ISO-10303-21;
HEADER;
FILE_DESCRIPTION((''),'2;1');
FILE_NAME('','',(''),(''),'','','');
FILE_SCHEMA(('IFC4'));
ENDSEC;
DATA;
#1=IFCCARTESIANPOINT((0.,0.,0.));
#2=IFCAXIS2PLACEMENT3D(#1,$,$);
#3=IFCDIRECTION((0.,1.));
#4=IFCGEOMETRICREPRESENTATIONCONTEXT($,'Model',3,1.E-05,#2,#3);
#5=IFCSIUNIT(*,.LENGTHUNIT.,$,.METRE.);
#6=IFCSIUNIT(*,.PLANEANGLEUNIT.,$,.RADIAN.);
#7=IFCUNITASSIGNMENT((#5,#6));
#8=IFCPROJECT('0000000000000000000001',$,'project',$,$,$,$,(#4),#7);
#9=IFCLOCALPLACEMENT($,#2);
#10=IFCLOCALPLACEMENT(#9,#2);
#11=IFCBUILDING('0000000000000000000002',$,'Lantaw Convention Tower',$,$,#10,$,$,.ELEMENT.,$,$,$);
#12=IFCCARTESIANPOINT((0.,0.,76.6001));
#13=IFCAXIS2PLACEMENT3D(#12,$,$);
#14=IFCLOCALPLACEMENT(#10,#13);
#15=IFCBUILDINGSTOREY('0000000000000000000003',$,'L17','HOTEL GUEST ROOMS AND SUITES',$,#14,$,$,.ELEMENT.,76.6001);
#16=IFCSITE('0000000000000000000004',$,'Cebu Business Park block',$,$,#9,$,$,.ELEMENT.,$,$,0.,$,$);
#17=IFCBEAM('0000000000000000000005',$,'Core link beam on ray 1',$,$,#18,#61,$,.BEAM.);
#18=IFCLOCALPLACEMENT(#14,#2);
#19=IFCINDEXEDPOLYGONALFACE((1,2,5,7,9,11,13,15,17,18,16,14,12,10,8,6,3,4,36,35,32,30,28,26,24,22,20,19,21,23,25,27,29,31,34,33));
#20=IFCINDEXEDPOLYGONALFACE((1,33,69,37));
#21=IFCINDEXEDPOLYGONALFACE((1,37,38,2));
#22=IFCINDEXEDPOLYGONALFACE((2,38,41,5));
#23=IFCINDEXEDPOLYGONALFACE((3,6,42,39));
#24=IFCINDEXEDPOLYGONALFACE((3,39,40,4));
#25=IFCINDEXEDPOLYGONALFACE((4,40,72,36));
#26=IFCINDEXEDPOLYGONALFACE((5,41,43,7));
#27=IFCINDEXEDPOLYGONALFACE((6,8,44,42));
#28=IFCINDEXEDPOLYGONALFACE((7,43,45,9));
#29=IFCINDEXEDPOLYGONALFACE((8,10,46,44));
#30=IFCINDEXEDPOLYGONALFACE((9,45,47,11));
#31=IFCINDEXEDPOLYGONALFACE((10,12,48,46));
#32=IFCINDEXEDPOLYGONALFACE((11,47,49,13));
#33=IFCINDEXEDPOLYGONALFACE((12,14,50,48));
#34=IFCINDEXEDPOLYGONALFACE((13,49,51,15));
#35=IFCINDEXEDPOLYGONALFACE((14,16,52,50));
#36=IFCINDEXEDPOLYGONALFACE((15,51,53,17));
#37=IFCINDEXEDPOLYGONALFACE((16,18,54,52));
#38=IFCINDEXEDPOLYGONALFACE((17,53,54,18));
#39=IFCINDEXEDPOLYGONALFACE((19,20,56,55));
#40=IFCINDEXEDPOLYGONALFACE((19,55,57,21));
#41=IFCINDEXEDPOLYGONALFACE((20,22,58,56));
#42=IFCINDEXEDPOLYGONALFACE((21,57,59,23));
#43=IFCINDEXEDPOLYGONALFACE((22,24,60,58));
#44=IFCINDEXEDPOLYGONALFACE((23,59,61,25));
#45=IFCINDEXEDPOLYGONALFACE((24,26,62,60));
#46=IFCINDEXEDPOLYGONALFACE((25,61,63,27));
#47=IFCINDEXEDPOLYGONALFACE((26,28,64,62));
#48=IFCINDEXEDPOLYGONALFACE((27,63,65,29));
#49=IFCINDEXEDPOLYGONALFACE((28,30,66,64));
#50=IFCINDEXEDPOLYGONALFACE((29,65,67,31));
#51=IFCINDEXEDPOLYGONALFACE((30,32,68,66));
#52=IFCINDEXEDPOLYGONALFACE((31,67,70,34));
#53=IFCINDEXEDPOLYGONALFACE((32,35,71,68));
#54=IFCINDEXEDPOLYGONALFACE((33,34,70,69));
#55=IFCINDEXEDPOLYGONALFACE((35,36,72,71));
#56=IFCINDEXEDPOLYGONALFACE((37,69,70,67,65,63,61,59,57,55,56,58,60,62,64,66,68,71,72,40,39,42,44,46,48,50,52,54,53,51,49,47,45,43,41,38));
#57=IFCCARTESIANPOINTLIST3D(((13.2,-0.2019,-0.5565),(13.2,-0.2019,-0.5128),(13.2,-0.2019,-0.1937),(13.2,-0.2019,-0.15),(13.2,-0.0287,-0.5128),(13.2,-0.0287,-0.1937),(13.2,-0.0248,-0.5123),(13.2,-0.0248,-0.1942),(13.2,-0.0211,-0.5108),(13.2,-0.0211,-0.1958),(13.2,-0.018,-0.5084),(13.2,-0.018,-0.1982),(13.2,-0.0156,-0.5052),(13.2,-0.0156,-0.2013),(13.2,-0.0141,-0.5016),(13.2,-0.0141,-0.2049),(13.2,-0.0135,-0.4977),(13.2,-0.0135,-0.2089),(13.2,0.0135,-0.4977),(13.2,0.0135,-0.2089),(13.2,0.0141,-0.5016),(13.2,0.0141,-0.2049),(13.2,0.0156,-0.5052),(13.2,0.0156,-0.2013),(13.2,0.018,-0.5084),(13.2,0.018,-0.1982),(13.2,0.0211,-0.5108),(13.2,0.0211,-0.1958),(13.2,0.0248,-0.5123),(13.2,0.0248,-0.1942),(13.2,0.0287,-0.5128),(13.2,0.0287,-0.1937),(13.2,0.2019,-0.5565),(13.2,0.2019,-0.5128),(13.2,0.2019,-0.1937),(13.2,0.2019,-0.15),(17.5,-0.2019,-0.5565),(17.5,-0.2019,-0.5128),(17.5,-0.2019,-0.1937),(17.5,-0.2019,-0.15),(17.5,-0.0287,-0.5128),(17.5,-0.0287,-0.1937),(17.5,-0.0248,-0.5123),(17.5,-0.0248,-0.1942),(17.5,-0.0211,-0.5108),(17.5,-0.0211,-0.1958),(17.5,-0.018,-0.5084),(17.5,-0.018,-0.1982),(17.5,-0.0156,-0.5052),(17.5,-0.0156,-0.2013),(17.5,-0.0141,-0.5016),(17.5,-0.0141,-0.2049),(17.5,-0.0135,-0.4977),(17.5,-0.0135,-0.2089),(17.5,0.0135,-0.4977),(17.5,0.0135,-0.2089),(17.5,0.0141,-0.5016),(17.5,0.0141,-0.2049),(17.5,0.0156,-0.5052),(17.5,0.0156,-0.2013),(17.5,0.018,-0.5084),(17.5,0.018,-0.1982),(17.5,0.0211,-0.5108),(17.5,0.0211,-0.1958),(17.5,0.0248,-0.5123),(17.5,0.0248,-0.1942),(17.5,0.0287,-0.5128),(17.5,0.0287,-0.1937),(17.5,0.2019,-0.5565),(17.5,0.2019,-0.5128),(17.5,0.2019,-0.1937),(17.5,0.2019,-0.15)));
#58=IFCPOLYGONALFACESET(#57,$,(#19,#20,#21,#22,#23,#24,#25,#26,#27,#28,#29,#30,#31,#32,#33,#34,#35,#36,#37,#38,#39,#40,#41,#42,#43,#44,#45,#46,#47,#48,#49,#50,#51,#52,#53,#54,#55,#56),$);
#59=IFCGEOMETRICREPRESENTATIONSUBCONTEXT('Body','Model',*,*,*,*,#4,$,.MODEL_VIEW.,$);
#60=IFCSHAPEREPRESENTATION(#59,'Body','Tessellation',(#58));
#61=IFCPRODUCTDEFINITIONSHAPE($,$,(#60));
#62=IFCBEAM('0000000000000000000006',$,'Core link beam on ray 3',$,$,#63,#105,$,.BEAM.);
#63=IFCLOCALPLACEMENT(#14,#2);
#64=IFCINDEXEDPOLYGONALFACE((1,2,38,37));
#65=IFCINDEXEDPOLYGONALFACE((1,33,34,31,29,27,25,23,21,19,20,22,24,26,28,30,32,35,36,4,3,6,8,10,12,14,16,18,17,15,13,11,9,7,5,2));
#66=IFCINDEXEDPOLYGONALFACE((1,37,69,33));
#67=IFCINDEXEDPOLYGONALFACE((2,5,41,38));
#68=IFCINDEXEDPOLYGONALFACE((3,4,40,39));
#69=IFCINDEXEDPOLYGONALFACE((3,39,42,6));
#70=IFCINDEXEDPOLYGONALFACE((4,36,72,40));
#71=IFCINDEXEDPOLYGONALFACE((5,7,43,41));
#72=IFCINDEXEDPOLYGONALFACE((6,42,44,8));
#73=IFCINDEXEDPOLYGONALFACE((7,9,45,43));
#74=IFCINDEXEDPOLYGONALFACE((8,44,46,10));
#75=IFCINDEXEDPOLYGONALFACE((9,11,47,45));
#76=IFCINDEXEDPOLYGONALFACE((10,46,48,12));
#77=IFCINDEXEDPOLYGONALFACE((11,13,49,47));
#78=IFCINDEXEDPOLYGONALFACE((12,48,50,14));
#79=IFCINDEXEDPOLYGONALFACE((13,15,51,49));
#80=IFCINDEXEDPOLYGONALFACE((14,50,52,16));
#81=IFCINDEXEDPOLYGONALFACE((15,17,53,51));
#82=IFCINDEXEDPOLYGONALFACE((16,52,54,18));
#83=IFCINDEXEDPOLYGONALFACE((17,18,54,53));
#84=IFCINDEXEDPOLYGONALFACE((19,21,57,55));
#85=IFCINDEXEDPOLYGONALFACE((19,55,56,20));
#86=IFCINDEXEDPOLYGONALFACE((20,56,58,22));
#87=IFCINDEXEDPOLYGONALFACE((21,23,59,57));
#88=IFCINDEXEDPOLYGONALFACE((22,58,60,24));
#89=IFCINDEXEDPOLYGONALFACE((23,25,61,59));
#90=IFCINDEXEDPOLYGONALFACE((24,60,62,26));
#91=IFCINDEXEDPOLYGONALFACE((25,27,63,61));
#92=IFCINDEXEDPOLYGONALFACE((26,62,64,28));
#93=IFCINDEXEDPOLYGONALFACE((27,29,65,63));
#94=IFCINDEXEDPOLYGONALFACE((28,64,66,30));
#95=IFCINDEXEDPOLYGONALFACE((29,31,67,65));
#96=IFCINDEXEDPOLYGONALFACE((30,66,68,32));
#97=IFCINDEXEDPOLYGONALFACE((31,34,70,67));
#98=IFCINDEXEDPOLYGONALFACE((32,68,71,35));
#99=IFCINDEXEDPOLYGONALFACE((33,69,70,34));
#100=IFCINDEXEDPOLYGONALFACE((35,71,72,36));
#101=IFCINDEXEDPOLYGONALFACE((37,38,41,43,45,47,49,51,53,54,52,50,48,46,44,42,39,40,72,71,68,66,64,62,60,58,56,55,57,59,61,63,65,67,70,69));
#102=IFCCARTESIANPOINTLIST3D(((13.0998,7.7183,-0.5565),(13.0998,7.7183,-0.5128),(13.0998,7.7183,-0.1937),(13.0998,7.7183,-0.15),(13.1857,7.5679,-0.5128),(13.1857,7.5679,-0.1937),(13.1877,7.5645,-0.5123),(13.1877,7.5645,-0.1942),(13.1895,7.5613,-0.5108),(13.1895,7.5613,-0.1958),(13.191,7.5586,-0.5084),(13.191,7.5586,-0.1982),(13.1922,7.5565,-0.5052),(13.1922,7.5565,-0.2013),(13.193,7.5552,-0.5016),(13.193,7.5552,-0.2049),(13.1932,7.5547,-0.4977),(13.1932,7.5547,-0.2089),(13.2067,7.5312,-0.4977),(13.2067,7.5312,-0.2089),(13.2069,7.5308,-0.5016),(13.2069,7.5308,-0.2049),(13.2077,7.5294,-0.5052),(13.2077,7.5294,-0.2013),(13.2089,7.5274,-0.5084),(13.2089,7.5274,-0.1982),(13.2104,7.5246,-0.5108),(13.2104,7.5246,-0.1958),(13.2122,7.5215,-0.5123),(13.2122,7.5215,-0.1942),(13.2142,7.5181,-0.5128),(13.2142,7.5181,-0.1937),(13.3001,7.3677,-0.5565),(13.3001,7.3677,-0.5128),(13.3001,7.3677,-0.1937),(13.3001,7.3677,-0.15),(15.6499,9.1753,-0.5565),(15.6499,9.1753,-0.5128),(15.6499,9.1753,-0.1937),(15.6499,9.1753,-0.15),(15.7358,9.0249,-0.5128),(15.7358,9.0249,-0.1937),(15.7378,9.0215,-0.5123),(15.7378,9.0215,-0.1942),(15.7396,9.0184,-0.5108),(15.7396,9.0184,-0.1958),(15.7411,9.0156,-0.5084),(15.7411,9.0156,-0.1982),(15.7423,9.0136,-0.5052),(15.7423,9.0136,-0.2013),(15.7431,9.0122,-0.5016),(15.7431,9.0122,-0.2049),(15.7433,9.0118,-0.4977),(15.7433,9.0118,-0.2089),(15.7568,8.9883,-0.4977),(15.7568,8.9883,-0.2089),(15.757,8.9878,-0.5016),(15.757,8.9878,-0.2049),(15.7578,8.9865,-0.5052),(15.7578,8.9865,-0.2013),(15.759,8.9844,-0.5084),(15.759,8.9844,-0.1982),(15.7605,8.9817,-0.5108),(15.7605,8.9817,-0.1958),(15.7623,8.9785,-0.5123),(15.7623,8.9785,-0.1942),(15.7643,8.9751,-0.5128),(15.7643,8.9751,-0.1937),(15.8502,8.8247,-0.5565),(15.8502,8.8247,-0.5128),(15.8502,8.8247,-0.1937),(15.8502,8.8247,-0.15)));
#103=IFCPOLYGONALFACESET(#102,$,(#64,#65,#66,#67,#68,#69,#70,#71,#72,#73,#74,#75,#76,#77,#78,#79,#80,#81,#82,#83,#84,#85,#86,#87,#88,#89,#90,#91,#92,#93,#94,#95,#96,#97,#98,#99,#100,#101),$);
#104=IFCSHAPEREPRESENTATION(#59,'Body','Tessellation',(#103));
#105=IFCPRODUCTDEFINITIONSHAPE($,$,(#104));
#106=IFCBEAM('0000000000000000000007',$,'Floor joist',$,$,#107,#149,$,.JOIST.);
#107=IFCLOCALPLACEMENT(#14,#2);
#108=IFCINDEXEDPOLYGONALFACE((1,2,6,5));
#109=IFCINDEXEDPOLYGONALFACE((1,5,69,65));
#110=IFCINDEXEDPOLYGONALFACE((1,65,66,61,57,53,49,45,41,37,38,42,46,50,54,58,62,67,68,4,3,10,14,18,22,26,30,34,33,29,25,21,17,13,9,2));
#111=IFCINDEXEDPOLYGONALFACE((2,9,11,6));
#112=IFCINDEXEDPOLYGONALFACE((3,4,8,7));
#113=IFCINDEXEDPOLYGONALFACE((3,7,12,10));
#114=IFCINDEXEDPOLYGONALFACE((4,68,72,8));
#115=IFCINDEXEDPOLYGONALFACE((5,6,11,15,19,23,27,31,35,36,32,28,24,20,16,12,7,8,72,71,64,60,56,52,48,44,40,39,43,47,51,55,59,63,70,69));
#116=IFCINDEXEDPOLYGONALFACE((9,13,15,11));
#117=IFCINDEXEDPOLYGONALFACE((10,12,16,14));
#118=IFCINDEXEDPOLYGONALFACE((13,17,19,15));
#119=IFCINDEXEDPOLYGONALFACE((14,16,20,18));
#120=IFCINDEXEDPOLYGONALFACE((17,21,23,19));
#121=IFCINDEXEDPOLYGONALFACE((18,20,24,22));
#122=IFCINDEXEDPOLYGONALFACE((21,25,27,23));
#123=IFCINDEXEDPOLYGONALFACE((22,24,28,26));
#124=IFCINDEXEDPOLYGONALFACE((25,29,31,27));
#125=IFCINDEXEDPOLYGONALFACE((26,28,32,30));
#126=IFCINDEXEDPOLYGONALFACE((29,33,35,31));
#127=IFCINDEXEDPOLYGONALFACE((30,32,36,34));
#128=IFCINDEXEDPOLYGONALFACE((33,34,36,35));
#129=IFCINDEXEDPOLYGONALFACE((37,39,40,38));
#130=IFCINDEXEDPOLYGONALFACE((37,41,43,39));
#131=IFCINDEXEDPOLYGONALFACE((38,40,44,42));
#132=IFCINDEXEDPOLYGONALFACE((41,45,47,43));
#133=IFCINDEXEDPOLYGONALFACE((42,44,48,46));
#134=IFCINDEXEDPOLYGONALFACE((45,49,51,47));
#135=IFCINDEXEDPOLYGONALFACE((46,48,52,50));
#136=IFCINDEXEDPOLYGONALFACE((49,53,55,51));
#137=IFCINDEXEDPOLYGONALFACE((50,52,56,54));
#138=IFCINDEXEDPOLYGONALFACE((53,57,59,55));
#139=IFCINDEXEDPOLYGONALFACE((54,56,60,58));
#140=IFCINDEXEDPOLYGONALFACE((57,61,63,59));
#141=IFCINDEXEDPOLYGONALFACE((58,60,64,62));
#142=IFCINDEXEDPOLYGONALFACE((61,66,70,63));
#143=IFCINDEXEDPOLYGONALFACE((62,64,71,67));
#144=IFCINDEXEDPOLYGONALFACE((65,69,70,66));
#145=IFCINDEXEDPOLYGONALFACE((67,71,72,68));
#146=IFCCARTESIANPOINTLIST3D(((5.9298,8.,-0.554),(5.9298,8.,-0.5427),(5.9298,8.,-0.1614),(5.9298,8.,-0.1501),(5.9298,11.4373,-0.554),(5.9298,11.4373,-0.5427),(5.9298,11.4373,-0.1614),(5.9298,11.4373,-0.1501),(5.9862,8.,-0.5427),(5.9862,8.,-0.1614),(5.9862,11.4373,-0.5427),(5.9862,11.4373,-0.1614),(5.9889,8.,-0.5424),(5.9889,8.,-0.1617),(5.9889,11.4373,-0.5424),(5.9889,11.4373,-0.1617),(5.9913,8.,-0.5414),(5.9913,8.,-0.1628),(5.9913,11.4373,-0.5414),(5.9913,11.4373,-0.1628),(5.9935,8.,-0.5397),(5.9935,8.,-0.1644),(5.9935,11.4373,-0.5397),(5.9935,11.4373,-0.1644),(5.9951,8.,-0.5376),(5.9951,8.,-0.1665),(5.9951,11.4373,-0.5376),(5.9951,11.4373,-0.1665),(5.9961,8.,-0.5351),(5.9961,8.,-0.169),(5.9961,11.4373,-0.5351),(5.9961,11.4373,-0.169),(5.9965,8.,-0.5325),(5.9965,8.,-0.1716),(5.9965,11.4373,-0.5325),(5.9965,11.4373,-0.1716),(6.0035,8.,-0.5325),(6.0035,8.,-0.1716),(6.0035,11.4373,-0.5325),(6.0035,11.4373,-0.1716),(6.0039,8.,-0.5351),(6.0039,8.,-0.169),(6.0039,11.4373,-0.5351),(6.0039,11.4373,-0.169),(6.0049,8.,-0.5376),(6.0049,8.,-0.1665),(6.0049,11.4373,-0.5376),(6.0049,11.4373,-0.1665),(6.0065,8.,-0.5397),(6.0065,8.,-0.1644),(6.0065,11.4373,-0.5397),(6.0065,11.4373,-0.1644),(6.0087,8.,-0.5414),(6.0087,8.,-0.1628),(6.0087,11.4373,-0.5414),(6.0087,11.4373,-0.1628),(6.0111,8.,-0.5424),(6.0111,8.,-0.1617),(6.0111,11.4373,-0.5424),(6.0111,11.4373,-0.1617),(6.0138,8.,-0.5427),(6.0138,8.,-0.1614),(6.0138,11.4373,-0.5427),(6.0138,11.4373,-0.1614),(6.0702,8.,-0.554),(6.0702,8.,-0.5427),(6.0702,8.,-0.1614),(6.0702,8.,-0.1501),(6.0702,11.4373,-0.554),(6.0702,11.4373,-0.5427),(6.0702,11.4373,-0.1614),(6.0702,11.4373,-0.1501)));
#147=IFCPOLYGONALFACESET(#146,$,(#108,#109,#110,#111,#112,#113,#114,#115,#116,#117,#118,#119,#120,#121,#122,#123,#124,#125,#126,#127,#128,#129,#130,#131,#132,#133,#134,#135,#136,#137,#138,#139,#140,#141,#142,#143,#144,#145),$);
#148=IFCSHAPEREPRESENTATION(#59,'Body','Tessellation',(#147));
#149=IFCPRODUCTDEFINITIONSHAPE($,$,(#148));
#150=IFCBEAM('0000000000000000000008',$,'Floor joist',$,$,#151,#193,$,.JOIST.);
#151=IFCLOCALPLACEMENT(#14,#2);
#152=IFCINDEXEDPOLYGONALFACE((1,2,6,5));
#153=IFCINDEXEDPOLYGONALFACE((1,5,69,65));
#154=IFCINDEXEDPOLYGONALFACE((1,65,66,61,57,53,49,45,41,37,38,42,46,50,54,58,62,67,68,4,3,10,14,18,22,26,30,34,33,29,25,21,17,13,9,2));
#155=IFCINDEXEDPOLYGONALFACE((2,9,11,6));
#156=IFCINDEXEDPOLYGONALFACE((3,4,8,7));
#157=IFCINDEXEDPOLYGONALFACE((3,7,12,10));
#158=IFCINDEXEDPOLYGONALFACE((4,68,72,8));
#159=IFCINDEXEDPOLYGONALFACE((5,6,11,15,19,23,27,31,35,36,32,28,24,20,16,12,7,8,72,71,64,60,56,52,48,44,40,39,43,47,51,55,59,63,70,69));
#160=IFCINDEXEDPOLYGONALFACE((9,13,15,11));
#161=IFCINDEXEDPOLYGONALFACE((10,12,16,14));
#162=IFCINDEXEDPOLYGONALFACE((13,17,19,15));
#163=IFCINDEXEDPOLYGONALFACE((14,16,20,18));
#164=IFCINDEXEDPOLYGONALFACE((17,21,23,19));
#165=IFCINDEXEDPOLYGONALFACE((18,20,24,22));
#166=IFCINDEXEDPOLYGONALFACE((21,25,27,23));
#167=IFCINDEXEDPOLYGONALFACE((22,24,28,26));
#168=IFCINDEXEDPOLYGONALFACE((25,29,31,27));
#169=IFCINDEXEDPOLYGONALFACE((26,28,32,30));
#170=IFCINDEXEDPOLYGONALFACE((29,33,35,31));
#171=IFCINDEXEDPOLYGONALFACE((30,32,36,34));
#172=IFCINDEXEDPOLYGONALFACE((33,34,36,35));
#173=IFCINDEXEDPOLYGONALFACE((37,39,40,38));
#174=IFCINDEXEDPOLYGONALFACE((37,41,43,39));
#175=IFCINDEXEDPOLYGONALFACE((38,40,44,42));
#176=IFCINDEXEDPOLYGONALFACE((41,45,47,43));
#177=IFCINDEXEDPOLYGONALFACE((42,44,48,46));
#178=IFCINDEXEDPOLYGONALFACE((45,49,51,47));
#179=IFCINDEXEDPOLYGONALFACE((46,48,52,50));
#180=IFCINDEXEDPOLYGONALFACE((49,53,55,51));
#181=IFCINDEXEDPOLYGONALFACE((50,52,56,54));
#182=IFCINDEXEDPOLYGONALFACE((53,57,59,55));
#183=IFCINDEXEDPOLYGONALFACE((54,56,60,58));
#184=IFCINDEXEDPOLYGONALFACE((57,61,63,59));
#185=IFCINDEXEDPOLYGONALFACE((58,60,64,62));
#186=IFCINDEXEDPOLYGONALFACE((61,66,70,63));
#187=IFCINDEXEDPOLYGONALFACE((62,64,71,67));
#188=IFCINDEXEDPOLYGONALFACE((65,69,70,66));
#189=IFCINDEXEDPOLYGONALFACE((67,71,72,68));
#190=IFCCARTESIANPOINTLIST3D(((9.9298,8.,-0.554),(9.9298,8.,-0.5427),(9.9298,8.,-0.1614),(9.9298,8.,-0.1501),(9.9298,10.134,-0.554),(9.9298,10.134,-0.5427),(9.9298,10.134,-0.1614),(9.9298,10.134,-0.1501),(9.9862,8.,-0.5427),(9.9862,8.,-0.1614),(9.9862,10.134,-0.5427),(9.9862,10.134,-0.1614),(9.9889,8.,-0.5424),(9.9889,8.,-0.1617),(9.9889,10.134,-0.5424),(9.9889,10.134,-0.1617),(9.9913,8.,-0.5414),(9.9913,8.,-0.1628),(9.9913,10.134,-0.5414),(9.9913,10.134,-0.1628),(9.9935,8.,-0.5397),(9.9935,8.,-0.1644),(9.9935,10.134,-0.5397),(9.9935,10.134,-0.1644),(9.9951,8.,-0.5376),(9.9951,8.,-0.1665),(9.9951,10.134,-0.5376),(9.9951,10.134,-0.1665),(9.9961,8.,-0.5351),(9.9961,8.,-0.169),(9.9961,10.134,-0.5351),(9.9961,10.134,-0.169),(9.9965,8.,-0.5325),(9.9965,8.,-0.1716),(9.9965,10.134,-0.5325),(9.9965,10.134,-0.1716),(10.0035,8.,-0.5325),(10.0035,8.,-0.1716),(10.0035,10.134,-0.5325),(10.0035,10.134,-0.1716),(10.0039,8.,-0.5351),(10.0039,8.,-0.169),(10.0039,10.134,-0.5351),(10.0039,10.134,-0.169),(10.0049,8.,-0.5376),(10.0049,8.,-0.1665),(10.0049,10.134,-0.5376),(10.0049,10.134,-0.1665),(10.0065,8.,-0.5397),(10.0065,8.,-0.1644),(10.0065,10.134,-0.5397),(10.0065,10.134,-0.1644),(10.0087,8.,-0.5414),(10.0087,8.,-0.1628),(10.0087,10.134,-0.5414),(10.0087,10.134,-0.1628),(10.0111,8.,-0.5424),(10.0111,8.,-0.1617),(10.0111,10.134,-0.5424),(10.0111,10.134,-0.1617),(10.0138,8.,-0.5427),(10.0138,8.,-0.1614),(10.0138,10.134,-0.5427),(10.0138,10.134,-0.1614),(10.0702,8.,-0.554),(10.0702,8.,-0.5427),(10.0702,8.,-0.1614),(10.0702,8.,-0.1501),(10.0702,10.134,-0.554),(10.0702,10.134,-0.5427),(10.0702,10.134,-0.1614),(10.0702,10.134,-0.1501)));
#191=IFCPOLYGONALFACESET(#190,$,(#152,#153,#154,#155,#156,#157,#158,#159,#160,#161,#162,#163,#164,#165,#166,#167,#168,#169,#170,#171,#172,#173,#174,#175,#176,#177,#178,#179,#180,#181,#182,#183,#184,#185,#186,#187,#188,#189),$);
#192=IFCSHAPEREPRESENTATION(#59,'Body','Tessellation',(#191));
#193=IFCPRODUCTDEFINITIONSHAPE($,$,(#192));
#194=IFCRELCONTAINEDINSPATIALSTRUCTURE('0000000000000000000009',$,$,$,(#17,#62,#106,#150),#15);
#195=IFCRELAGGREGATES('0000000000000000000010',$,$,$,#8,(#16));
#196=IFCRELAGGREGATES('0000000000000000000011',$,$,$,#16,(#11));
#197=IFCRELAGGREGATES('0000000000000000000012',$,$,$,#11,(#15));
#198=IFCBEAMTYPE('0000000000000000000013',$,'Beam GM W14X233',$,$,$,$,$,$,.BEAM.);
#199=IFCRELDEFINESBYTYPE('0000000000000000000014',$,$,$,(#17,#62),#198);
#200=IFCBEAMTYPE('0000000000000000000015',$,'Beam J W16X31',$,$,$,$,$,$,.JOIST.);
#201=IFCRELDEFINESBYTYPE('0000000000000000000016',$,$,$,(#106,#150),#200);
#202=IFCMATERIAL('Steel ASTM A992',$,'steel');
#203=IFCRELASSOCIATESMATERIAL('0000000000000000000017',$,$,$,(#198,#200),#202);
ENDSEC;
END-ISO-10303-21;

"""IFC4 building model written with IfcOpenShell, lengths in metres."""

from ifc_helpers import new_model, si_unit, direction, frame, origin, origin_2d, place, context, subcontext, project, spatial, i_section, extrude, material, material_profile, profile_set, type_object, element, save


model = new_model("IFC4")

# Units and contexts
model_context = context("Model", 3, precision=1e-05, world=origin(), true_north=direction((0.0, 1.0)))
body_context = subcontext(model_context, "Body", "Model", "MODEL_VIEW")
ifc_project = project(units=[si_unit("LENGTHUNIT", "METRE"), si_unit("PLANEANGLEUNIT", "RADIAN")], contexts=[model_context])

# Site, building, storey
site_placement = place(None, origin())
site = spatial("IfcSite", under=ifc_project, at=site_placement, Name="Cebu Business Park block", CompositionType="ELEMENT", RefElevation=0.0)
building_placement = place(site_placement, origin())
building = spatial("IfcBuilding", under=site, at=building_placement, Name="Lantaw Convention Tower", CompositionType="ELEMENT")
storey_placement = place(building_placement, frame((0.0, 0.0, 76.6001)))
storey = spatial("IfcBuildingStorey", under=building, at=storey_placement, Name="L17", Description="HOTEL GUEST ROOMS AND SUITES", CompositionType="ELEMENT", Elevation=76.6001)

# Beams
ifc_material_1 = material(Name="Steel ASTM A992", Category="steel")
ifc_material_profile_1 = material_profile(ifc_material_1, i_section(OverallWidth=0.4038, OverallDepth=0.4065, WebThickness=0.0271, FlangeThickness=0.0437, FilletRadius=0.0151, at=origin_2d()), Name="W14X233")
ifc_profile_set_1 = profile_set([ifc_material_profile_1], Name="Steel ASTM A992")
beam_type_1 = type_object("IfcBeamType", Name="Beam GM W14X233", PredefinedType="BEAM", material=ifc_profile_set_1)
beam_1_placement = place(storey_placement, frame((13.2, 0.0, -0.3533), z_axis=(1.0, 0.0, 0.0), x_axis=(0.0, 1.0, 0.0)))
element("IfcBeam", 1, at=beam_1_placement, inside=storey, type_object=beam_type_1, Name="Core link beam on ray 1", PredefinedType="BEAM", context=body_context, shape_type="SweptSolid", body=[
    extrude(i_section(OverallWidth=0.4038, OverallDepth=0.4065, WebThickness=0.0271, FlangeThickness=0.0437, FilletRadius=0.0151, at=origin_2d()), origin(), (0.0, 0.0, 1.0), 4.3),
])
beam_2_placement = place(storey_placement, frame((13.2, 7.543, -0.3533), z_axis=(0.868264, 0.496103, 0.0), x_axis=(-0.496103, 0.868264, 0.0)))
element("IfcBeam", 2, at=beam_2_placement, inside=storey, type_object=beam_type_1, Name="Core link beam on ray 3", PredefinedType="BEAM", context=body_context, shape_type="SweptSolid", body=[
    extrude(i_section(OverallWidth=0.4038, OverallDepth=0.4065, WebThickness=0.0271, FlangeThickness=0.0437, FilletRadius=0.0151, at=origin_2d()), origin(), (0.0, 0.0, 1.0), 2.937),
])
ifc_material_profile_2 = material_profile(ifc_material_1, i_section(OverallWidth=0.1404, OverallDepth=0.4038, WebThickness=0.0071, FlangeThickness=0.0112, FilletRadius=0.0103, at=origin_2d()), Name="W16X31")
ifc_profile_set_2 = profile_set([ifc_material_profile_2], Name="Steel ASTM A992")
beam_type_2 = type_object("IfcBeamType", Name="Beam J W16X31", PredefinedType="JOIST", material=ifc_profile_set_2)
beam_3_placement = place(storey_placement, frame((6.0, 8.0, -0.3521), z_axis=(0.0, 1.0, 0.0), x_axis=(-1.0, 0.0, 0.0)))
element("IfcBeam", 3, at=beam_3_placement, inside=storey, type_object=beam_type_2, Name="Floor joist", PredefinedType="JOIST", context=body_context, shape_type="SweptSolid", body=[
    extrude(i_section(OverallWidth=0.1404, OverallDepth=0.4038, WebThickness=0.0071, FlangeThickness=0.0112, FilletRadius=0.0103, at=origin_2d()), origin(), (0.0, 0.0, 1.0), 3.4373),
])
beam_4_placement = place(storey_placement, frame((10.0, 8.0, -0.3521), z_axis=(0.0, 1.0, 0.0), x_axis=(-1.0, 0.0, 0.0)))
element("IfcBeam", 4, at=beam_4_placement, inside=storey, type_object=beam_type_2, Name="Floor joist", PredefinedType="JOIST", context=body_context, shape_type="SweptSolid", body=[
    extrude(i_section(OverallWidth=0.1404, OverallDepth=0.4038, WebThickness=0.0071, FlangeThickness=0.0112, FilletRadius=0.0103, at=origin_2d()), origin(), (0.0, 0.0, 1.0), 2.134),
])

save(model, "model.ifc")
